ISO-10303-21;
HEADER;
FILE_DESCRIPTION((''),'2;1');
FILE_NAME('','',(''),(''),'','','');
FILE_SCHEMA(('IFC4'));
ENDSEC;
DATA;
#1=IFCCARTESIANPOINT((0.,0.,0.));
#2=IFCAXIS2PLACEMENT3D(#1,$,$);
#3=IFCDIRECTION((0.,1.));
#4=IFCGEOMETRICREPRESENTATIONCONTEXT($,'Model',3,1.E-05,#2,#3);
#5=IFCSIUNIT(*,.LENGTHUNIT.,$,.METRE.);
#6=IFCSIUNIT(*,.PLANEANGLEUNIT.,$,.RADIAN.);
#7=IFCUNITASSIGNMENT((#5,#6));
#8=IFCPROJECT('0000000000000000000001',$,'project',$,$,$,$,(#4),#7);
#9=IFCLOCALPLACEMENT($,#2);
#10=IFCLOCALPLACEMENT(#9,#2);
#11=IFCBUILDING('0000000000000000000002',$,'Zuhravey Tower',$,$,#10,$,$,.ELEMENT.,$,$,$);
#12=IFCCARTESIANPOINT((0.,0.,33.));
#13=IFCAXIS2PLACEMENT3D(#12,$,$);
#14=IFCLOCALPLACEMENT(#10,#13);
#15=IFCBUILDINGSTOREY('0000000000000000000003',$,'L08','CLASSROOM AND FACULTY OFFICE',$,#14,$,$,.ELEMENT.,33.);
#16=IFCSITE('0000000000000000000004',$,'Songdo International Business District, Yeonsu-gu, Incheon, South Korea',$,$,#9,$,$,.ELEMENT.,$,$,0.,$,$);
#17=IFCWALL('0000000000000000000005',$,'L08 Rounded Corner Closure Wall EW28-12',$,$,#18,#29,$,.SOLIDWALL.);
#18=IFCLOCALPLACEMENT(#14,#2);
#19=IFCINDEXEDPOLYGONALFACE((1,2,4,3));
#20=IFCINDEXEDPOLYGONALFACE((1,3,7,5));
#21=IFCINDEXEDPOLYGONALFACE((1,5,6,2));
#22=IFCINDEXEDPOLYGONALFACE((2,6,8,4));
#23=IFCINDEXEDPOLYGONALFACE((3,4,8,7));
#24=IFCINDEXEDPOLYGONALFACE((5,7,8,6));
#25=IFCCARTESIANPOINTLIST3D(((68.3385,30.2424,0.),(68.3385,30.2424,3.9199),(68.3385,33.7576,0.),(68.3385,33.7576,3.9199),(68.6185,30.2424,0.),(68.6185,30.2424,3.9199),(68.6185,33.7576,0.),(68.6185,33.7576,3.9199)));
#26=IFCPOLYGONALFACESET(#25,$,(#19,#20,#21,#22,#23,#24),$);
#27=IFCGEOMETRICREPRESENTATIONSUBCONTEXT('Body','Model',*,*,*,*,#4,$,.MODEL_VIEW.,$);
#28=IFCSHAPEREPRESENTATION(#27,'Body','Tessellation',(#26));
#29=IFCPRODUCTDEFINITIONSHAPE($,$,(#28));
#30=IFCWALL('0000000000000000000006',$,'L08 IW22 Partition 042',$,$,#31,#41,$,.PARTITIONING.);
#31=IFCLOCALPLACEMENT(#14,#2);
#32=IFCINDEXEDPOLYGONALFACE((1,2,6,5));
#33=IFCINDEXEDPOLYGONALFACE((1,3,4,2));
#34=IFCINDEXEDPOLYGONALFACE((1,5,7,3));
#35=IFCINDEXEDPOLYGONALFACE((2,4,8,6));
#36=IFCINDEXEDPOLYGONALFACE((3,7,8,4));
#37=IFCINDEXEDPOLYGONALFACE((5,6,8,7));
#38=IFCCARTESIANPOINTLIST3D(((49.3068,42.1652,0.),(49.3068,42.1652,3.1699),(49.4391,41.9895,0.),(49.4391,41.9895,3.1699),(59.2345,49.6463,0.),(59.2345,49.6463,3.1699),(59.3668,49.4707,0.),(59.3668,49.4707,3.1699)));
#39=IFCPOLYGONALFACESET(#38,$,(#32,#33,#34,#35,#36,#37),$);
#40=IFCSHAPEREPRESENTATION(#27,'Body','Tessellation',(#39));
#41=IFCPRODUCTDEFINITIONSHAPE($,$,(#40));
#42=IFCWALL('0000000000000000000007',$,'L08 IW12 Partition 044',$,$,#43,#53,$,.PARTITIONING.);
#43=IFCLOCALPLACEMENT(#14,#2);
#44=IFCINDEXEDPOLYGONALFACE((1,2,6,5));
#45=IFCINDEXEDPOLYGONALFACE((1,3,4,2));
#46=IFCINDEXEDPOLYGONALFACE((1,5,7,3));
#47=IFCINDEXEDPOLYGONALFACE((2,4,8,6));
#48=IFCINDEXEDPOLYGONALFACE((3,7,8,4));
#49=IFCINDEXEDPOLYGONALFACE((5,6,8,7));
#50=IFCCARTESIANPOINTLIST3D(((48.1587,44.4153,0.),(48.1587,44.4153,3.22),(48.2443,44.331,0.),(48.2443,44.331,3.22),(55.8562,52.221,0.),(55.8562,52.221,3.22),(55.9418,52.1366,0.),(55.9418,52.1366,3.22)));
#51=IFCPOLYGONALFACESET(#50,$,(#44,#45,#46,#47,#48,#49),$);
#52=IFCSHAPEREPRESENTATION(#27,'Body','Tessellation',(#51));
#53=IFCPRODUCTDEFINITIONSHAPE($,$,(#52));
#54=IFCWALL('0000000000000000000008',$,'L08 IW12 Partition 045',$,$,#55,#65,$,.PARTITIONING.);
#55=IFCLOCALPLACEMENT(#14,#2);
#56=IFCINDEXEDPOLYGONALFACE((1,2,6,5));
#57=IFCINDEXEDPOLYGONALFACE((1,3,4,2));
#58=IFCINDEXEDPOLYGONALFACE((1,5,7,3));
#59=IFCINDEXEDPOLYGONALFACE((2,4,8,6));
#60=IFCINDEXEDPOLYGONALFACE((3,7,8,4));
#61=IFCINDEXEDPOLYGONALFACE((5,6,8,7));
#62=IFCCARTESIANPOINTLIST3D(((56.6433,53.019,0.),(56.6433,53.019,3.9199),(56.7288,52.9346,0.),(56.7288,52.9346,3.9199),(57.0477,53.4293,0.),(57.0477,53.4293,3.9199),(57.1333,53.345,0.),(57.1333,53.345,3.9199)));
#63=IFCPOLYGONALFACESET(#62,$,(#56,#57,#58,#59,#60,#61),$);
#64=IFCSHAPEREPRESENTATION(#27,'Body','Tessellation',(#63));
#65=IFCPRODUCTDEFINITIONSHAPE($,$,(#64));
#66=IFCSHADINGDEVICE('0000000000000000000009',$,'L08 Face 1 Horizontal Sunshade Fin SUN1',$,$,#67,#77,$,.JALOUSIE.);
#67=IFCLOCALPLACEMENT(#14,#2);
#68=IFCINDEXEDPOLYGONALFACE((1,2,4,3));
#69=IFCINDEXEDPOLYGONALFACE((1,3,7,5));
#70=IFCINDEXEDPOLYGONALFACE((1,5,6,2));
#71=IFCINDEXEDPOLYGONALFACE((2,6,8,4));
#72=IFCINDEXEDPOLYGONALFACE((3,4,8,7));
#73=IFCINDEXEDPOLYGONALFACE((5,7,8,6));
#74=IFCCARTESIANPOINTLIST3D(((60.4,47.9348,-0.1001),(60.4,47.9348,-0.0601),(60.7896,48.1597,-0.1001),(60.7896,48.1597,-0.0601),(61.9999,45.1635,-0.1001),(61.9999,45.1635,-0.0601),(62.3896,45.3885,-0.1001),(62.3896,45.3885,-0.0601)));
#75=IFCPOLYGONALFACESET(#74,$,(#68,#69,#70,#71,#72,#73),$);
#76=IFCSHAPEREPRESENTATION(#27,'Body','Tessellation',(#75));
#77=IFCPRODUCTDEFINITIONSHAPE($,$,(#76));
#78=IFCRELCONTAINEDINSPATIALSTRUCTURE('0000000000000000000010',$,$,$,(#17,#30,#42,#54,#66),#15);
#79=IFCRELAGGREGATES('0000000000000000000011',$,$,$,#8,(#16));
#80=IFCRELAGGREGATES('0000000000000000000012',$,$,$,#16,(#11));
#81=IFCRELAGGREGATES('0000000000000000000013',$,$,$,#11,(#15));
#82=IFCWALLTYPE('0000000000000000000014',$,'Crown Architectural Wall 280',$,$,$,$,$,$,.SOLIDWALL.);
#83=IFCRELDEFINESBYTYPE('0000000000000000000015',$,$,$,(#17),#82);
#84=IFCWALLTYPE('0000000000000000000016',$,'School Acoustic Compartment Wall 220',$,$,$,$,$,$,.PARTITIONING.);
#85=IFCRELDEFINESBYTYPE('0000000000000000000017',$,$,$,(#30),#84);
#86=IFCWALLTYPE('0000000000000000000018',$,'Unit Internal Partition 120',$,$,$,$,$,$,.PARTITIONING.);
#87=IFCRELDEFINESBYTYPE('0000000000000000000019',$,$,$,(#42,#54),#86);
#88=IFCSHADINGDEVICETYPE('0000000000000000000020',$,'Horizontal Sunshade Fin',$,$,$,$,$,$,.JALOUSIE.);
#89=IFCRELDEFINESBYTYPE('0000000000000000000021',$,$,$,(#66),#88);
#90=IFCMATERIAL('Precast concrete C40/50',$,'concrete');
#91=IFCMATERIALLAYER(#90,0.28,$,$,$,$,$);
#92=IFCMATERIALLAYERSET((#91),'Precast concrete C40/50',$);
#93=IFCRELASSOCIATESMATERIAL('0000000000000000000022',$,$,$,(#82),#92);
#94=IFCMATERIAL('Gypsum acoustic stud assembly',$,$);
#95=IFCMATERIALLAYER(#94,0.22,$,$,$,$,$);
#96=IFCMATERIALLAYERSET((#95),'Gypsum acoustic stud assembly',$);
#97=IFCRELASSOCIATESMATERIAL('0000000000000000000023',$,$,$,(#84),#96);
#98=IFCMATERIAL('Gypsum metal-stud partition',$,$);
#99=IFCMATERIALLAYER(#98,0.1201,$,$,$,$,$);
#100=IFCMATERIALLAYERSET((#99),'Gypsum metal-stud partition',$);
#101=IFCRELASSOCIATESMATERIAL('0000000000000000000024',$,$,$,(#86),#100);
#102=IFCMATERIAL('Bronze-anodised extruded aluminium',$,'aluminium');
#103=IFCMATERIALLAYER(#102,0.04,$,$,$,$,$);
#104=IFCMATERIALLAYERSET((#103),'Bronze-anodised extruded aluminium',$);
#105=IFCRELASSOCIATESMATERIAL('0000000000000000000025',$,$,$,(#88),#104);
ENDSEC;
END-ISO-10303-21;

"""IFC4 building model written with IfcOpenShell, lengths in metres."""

from ifc_helpers import new_model, si_unit, direction, frame, frame_2d, origin, origin_2d, place, context, subcontext, project, spatial, rectangle, extrude, material, layer, layer_set, type_object, element, save


model = new_model("IFC4")

# Units and contexts
model_context = context("Model", 3, precision=1e-05, world=origin(), true_north=direction((0.0, 1.0)))
body_context = subcontext(model_context, "Body", "Model", "MODEL_VIEW")
ifc_project = project(units=[si_unit("LENGTHUNIT", "METRE"), si_unit("PLANEANGLEUNIT", "RADIAN")], contexts=[model_context])

# Site, building, storey
site_placement = place(None, origin())
site = spatial("IfcSite", under=ifc_project, at=site_placement, Name="Songdo International Business District, Yeonsu-gu, Incheon, South Korea", CompositionType="ELEMENT", RefElevation=0.0)
building_placement = place(site_placement, origin())
building = spatial("IfcBuilding", under=site, at=building_placement, Name="Zuhravey Tower", CompositionType="ELEMENT")
storey_placement = place(building_placement, frame((0.0, 0.0, 33.0)))
storey = spatial("IfcBuildingStorey", under=building, at=storey_placement, Name="L08", Description="CLASSROOM AND FACULTY OFFICE", CompositionType="ELEMENT", Elevation=33.0)

# Walls
ifc_material_1 = material(Name="Precast concrete C40/50", Category="concrete")
ifc_layer_1 = layer(ifc_material_1, 0.28)
ifc_layer_set_1 = layer_set([ifc_layer_1], Name="Precast concrete C40/50")
wall_type_1 = type_object("IfcWallType", Name="Crown Architectural Wall 280", PredefinedType="SOLIDWALL", material=ifc_layer_set_1)
wall_1_placement = place(storey_placement, frame((68.4785, 33.7576, 0.0), z_axis=(0.0, 0.0, 1.0), x_axis=(0.0, -1.0, 0.0)))
element("IfcWall", 1, at=wall_1_placement, inside=storey, type_object=wall_type_1, Name="L08 Rounded Corner Closure Wall EW28-12", PredefinedType="SOLIDWALL", context=body_context, shape_type="SweptSolid", body=[
    extrude(rectangle(XDim=3.5151, YDim=0.28, at=frame_2d((1.7576, 0.0))), origin(), (0.0, 0.0, 1.0), 3.9199),
])
ifc_material_2 = material(Name="Gypsum acoustic stud assembly")
ifc_layer_2 = layer(ifc_material_2, 0.22)
ifc_layer_set_2 = layer_set([ifc_layer_2], Name="Gypsum acoustic stud assembly")
wall_type_2 = type_object("IfcWallType", Name="School Acoustic Compartment Wall 220", PredefinedType="PARTITIONING", material=ifc_layer_set_2)
wall_2_placement = place(storey_placement, frame((49.373, 42.0774, 0.0), z_axis=(0.0, 0.0, 1.0), x_axis=(0.798631, 0.601821, 0.0)))
element("IfcWall", 2, at=wall_2_placement, inside=storey, type_object=wall_type_2, Name="L08 IW22 Partition 042", PredefinedType="PARTITIONING", context=body_context, shape_type="SweptSolid", body=[
    extrude(rectangle(XDim=12.4309, YDim=0.22, at=frame_2d((6.2153, 0.0))), origin(), (0.0, 0.0, 1.0), 3.1699),
])
ifc_material_3 = material(Name="Gypsum metal-stud partition")
ifc_layer_3 = layer(ifc_material_3, 0.1201)
ifc_layer_set_3 = layer_set([ifc_layer_3], Name="Gypsum metal-stud partition")
wall_type_3 = type_object("IfcWallType", Name="Unit Internal Partition 120", PredefinedType="PARTITIONING", material=ifc_layer_set_3)
wall_3_placement = place(storey_placement, frame((48.2014, 44.373, 0.0), z_axis=(0.0, 0.0, 1.0), x_axis=(0.702157, 0.712022, 0.0)))
element("IfcWall", 3, at=wall_3_placement, inside=storey, type_object=wall_type_3, Name="L08 IW12 Partition 044", PredefinedType="PARTITIONING", context=body_context, shape_type="SweptSolid", body=[
    extrude(rectangle(XDim=10.9626, YDim=0.1201, at=frame_2d((5.4814, 0.0))), origin(), (0.0, 0.0, 1.0), 3.22),
])
wall_4_placement = place(storey_placement, frame((56.686, 52.9768, 0.0), z_axis=(0.0, 0.0, 1.0), x_axis=(0.702005, 0.712172, 0.0)))
element("IfcWall", 4, at=wall_4_placement, inside=storey, type_object=wall_type_3, Name="L08 IW12 Partition 045", PredefinedType="PARTITIONING", context=body_context, shape_type="SweptSolid", body=[
    extrude(rectangle(XDim=0.5762, YDim=0.1201, at=frame_2d((0.2881, 0.0))), origin(), (0.0, 0.0, 1.0), 3.9199),
])

# Shading device
ifc_material_4 = material(Name="Bronze-anodised extruded aluminium", Category="aluminium")
ifc_layer_4 = layer(ifc_material_4, 0.04)
ifc_layer_set_4 = layer_set([ifc_layer_4], Name="Bronze-anodised extruded aluminium")
shading_device_type = type_object("IfcShadingDeviceType", Name="Horizontal Sunshade Fin", PredefinedType="JALOUSIE", material=ifc_layer_set_4)
shading_device_placement = place(storey_placement, frame((61.3948, 46.6616, -0.1001), z_axis=(0.0, 0.0, 1.0), x_axis=(0.5, -0.866025, 0.0)))
element("IfcShadingDevice", 5, at=shading_device_placement, inside=storey, type_object=shading_device_type, Name="L08 Face 1 Horizontal Sunshade Fin SUN1", PredefinedType="JALOUSIE", context=body_context, shape_type="SweptSolid", body=[
    extrude(rectangle(XDim=3.2, YDim=0.45, at=origin_2d()), origin(), (0.0, 0.0, 1.0), 0.04),
])

save(model, "model.ifc")
